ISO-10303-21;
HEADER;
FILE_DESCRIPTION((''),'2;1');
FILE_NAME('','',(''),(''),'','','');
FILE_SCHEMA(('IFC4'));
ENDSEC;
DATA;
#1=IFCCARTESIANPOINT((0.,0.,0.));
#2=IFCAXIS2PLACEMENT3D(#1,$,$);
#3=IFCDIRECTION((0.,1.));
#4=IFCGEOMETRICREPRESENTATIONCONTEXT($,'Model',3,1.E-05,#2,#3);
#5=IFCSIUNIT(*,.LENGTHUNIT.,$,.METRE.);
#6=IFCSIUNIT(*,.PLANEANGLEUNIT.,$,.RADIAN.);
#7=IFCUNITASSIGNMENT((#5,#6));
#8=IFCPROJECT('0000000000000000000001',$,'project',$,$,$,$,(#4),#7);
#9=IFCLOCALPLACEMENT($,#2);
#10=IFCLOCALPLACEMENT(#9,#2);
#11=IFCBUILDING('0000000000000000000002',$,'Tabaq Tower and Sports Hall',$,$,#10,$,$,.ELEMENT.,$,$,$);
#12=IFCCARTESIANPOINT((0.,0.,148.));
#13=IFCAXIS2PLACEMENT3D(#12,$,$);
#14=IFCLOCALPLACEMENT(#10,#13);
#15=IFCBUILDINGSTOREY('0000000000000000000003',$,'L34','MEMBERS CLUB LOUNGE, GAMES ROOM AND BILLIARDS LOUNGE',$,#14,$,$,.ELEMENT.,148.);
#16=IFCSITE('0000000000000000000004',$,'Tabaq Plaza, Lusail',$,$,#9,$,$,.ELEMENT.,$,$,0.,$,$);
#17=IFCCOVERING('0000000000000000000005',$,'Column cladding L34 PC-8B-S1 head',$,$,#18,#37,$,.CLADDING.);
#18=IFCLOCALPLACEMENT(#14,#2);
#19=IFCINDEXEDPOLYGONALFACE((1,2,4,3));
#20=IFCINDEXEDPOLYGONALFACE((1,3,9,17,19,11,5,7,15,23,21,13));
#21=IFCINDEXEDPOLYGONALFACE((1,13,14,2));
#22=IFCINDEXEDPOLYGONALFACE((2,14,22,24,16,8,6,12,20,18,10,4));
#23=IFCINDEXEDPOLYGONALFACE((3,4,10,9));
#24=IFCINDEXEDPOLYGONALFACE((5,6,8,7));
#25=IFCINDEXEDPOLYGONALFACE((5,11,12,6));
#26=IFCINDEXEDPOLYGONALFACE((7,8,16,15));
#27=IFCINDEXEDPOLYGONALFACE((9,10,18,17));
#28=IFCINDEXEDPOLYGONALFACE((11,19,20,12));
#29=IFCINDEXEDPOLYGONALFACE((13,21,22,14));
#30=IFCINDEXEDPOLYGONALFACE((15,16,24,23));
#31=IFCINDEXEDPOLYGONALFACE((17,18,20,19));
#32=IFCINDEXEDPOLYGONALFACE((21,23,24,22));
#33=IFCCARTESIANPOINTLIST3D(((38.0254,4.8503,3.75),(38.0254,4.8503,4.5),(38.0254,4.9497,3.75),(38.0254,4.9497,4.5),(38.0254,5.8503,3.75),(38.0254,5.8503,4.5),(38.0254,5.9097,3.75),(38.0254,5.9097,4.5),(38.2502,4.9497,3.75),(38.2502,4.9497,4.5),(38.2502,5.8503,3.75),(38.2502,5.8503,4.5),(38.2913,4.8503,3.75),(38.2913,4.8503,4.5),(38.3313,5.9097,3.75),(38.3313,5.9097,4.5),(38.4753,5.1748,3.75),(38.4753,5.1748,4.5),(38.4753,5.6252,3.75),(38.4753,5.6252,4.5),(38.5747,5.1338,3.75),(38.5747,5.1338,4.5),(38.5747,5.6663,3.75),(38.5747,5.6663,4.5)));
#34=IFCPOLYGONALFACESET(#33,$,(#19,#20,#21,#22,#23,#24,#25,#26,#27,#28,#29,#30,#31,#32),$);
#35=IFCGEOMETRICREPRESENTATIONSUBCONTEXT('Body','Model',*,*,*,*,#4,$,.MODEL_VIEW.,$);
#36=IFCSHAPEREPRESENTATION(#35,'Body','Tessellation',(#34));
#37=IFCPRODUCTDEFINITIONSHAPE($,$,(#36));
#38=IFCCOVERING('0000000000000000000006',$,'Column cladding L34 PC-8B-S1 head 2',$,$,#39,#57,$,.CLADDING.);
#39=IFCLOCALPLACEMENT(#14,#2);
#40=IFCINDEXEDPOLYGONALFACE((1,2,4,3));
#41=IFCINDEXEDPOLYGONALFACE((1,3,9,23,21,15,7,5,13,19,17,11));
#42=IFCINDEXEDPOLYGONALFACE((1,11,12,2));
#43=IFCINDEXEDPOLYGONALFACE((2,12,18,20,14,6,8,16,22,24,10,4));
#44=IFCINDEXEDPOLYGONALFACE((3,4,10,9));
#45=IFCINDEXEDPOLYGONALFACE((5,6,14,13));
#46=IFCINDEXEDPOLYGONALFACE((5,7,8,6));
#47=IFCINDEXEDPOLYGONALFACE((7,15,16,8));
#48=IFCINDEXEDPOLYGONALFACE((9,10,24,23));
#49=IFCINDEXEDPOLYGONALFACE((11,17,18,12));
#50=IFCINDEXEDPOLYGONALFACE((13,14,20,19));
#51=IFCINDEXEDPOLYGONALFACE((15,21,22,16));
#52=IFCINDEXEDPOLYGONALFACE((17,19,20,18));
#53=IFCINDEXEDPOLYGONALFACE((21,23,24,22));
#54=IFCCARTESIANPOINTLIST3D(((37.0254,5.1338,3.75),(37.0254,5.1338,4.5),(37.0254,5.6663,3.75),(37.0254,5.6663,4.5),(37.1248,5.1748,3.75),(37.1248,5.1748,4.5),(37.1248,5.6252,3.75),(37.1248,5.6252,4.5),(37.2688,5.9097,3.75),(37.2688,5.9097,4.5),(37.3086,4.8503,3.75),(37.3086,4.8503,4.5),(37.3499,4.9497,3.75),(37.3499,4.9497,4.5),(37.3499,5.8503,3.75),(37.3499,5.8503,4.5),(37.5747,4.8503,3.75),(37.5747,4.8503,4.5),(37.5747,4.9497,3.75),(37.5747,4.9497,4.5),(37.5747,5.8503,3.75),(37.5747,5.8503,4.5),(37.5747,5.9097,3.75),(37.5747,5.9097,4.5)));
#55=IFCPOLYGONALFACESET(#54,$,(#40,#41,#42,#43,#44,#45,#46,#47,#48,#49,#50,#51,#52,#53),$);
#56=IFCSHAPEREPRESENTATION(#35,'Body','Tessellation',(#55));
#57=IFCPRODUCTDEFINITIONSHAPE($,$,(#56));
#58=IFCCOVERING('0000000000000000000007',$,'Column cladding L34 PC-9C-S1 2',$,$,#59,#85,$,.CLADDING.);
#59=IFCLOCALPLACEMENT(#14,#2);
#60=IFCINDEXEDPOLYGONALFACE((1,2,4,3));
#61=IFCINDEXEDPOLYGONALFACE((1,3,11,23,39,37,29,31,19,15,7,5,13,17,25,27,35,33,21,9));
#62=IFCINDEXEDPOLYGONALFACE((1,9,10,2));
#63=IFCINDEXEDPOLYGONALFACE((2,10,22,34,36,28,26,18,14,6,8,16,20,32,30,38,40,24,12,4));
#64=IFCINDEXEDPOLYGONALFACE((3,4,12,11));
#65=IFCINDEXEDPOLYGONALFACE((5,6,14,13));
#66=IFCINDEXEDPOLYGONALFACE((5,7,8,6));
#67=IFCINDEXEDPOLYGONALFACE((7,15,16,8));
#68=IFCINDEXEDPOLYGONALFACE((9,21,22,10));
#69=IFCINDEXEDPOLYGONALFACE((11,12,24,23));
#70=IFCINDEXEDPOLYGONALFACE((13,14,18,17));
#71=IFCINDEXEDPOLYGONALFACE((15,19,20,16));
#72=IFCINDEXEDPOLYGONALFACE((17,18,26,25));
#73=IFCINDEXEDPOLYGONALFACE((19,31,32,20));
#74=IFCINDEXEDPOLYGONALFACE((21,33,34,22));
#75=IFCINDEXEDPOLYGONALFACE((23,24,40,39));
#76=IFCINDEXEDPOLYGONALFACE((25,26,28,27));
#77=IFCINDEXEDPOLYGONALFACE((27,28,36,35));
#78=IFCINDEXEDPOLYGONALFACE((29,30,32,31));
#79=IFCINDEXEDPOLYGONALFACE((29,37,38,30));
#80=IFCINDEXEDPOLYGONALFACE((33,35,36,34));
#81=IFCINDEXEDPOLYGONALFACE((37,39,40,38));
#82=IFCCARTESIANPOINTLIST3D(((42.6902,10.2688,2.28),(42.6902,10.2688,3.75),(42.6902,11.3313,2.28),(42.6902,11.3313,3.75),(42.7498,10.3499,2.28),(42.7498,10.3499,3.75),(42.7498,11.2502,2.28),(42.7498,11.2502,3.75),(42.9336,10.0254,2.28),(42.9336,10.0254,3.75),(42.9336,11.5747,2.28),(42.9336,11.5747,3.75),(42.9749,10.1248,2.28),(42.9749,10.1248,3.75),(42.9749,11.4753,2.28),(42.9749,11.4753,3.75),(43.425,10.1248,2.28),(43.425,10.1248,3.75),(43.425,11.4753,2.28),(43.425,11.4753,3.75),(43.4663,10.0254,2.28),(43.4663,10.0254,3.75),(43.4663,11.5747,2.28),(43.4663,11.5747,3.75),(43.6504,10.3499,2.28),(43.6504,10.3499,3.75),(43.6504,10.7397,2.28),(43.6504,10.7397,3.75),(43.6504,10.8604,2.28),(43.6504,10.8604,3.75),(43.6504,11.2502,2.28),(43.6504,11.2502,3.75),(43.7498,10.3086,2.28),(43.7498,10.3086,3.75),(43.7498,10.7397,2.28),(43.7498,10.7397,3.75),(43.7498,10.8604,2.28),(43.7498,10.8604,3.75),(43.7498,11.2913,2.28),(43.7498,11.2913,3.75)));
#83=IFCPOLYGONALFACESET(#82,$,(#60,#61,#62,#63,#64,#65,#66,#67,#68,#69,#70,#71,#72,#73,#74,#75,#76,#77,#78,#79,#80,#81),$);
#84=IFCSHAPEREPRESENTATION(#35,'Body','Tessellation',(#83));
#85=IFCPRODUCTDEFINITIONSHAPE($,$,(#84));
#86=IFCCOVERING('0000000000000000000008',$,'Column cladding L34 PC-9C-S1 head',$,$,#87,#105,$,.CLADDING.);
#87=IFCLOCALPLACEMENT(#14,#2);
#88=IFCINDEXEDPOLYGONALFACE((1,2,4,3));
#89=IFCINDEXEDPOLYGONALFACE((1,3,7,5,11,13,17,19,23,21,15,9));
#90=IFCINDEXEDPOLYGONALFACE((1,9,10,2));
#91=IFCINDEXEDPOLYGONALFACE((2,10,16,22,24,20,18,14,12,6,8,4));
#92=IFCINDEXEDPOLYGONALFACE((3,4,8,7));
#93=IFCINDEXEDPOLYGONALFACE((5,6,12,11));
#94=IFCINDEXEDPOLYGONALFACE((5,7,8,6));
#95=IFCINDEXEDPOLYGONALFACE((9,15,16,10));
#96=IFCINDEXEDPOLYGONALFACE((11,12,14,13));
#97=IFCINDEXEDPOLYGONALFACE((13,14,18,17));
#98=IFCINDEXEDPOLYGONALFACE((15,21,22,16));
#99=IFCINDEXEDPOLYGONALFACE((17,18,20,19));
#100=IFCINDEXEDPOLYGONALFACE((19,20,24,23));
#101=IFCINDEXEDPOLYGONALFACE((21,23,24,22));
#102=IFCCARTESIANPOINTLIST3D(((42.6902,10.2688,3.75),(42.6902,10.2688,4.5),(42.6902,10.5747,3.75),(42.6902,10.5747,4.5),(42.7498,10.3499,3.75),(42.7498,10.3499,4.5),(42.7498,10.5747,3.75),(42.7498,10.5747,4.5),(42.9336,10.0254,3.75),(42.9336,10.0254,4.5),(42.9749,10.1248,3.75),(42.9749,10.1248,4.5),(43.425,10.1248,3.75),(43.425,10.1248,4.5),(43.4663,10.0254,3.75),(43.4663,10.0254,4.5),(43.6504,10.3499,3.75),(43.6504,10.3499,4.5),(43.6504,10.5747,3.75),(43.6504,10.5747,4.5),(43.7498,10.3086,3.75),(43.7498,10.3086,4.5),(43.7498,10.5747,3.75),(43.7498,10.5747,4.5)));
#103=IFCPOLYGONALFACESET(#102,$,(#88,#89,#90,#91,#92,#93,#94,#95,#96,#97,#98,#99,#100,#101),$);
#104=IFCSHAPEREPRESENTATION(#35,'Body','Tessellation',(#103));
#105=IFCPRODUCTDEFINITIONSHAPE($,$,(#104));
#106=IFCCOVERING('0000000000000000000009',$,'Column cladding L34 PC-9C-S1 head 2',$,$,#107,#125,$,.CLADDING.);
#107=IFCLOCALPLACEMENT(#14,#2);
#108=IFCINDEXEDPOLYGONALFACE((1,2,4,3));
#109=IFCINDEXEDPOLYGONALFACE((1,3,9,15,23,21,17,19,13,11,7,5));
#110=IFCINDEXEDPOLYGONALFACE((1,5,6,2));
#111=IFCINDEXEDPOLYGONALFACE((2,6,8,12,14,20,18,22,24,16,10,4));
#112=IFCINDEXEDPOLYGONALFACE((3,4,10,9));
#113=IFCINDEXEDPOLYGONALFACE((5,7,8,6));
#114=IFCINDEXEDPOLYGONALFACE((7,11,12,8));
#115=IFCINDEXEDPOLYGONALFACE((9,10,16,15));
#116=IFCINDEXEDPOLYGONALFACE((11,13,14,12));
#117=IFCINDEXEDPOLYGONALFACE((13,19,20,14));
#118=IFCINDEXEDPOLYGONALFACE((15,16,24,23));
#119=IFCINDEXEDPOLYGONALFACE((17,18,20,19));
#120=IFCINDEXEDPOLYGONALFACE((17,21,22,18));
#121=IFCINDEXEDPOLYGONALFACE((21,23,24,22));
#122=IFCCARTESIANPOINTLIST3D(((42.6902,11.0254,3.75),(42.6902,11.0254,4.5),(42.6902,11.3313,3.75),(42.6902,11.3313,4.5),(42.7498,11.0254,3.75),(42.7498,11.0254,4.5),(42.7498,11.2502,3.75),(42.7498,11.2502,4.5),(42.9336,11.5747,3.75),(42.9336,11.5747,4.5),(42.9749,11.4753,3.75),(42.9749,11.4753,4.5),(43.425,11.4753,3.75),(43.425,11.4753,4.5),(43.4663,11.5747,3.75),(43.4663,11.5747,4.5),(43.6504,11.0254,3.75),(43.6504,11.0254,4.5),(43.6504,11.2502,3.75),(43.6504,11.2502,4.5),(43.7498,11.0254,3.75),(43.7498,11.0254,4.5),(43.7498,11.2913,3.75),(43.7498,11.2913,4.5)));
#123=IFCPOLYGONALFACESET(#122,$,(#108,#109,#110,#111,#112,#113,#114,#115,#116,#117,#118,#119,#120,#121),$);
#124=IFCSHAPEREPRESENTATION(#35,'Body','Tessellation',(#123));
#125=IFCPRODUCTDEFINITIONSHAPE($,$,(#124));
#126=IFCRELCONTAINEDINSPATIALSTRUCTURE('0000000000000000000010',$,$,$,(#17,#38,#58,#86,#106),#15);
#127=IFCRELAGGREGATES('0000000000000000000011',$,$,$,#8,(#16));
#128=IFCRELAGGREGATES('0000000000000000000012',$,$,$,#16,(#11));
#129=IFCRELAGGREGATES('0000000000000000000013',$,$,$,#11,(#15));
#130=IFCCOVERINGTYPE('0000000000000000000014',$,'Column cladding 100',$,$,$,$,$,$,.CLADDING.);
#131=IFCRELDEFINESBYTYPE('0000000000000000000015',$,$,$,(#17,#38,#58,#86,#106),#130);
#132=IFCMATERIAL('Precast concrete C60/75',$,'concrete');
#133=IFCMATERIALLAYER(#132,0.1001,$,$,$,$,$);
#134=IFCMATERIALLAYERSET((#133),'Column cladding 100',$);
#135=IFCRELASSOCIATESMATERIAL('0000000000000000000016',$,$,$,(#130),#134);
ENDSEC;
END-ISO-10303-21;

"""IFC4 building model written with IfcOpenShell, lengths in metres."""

from ifc_helpers import new_model, si_unit, direction, frame, origin, place, context, subcontext, project, spatial, polyline, outline, extrude, material, layer, layer_set, type_object, element, save


model = new_model("IFC4")

# Units and contexts
model_context = context("Model", 3, precision=1e-05, world=origin(), true_north=direction((0.0, 1.0)))
body_context = subcontext(model_context, "Body", "Model", "MODEL_VIEW")
ifc_project = project(units=[si_unit("LENGTHUNIT", "METRE"), si_unit("PLANEANGLEUNIT", "RADIAN")], contexts=[model_context])

# Site, building, storey
site_placement = place(None, origin())
site = spatial("IfcSite", under=ifc_project, at=site_placement, Name="Tabaq Plaza, Lusail", CompositionType="ELEMENT", RefElevation=0.0)
building_placement = place(site_placement, origin())
building = spatial("IfcBuilding", under=site, at=building_placement, Name="Tabaq Tower and Sports Hall", CompositionType="ELEMENT")
storey_placement = place(building_placement, frame((0.0, 0.0, 148.0)))
storey = spatial("IfcBuildingStorey", under=building, at=storey_placement, Name="L34", Description="MEMBERS CLUB LOUNGE, GAMES ROOM AND BILLIARDS LOUNGE", CompositionType="ELEMENT", Elevation=148.0)

# Coverings
ifc_material = material(Name="Precast concrete C60/75", Category="concrete")
ifc_layer = layer(ifc_material, 0.1001)
ifc_layer_set = layer_set([ifc_layer], Name="Column cladding 100")
covering_type = type_object("IfcCoveringType", Name="Column cladding 100", PredefinedType="CLADDING", material=ifc_layer_set)
covering_1_placement = place(storey_placement, frame((0.0, 0.0, 3.75)))
element("IfcCovering", 1, at=covering_1_placement, inside=storey, type_object=covering_type, Name="Column cladding L34 PC-8B-S1 head", PredefinedType="CLADDING", context=body_context, shape_type="SweptSolid", body=[
    extrude(outline(polyline([(38.3313, 5.9097), (38.5747, 5.6663), (38.5747, 5.1338), (38.2913, 4.8503), (38.0254, 4.8503), (38.0254, 4.9497), (38.2502, 4.9497), (38.4753, 5.1748), (38.4753, 5.6252), (38.2502, 5.8503), (38.0254, 5.8503), (38.0254, 5.9097), (38.3313, 5.9097)])), origin(), (0.0, 0.0, 1.0), 0.75),
])
covering_2_placement = place(storey_placement, frame((0.0, 0.0, 3.75)))
element("IfcCovering", 2, at=covering_2_placement, inside=storey, type_object=covering_type, Name="Column cladding L34 PC-8B-S1 head 2", PredefinedType="CLADDING", context=body_context, shape_type="SweptSolid", body=[
    extrude(outline(polyline([(37.2688, 5.9097), (37.5747, 5.9097), (37.5747, 5.8503), (37.3499, 5.8503), (37.1248, 5.6252), (37.1248, 5.1748), (37.3499, 4.9497), (37.5747, 4.9497), (37.5747, 4.8503), (37.3086, 4.8503), (37.0254, 5.1338), (37.0254, 5.6663), (37.2688, 5.9097)])), origin(), (0.0, 0.0, 1.0), 0.75),
])
covering_3_placement = place(storey_placement, frame((0.0, 0.0, 2.28)))
element("IfcCovering", 3, at=covering_3_placement, inside=storey, type_object=covering_type, Name="Column cladding L34 PC-9C-S1 2", PredefinedType="CLADDING", context=body_context, shape_type="SweptSolid", body=[
    extrude(outline(polyline([(42.9336, 10.0254), (42.6902, 10.2688), (42.6902, 11.3313), (42.9336, 11.5747), (43.4663, 11.5747), (43.7498, 11.2913), (43.7498, 10.8604), (43.6504, 10.8604), (43.6504, 11.2502), (43.425, 11.4753), (42.9749, 11.4753), (42.7498, 11.2502), (42.7498, 10.3499), (42.9749, 10.1248), (43.425, 10.1248), (43.6504, 10.3499), (43.6504, 10.7397), (43.7498, 10.7397), (43.7498, 10.3086), (43.4663, 10.0254), (42.9336, 10.0254)])), origin(), (0.0, 0.0, 1.0), 1.47),
])
covering_4_placement = place(storey_placement, frame((0.0, 0.0, 3.75)))
element("IfcCovering", 4, at=covering_4_placement, inside=storey, type_object=covering_type, Name="Column cladding L34 PC-9C-S1 head", PredefinedType="CLADDING", context=body_context, shape_type="SweptSolid", body=[
    extrude(outline(polyline([(42.6902, 10.2688), (42.6902, 10.5747), (42.7498, 10.5747), (42.7498, 10.3499), (42.9749, 10.1248), (43.425, 10.1248), (43.6504, 10.3499), (43.6504, 10.5747), (43.7498, 10.5747), (43.7498, 10.3086), (43.4663, 10.0254), (42.9336, 10.0254), (42.6902, 10.2688)])), origin(), (0.0, 0.0, 1.0), 0.75),
])
covering_5_placement = place(storey_placement, frame((0.0, 0.0, 3.75)))
element("IfcCovering", 5, at=covering_5_placement, inside=storey, type_object=covering_type, Name="Column cladding L34 PC-9C-S1 head 2", PredefinedType="CLADDING", context=body_context, shape_type="SweptSolid", body=[
    extrude(outline(polyline([(42.6902, 11.3313), (42.9336, 11.5747), (43.4663, 11.5747), (43.7498, 11.2913), (43.7498, 11.0254), (43.6504, 11.0254), (43.6504, 11.2502), (43.425, 11.4753), (42.9749, 11.4753), (42.7498, 11.2502), (42.7498, 11.0254), (42.6902, 11.0254), (42.6902, 11.3313)])), origin(), (0.0, 0.0, 1.0), 0.75),
])

save(model, "model.ifc")
